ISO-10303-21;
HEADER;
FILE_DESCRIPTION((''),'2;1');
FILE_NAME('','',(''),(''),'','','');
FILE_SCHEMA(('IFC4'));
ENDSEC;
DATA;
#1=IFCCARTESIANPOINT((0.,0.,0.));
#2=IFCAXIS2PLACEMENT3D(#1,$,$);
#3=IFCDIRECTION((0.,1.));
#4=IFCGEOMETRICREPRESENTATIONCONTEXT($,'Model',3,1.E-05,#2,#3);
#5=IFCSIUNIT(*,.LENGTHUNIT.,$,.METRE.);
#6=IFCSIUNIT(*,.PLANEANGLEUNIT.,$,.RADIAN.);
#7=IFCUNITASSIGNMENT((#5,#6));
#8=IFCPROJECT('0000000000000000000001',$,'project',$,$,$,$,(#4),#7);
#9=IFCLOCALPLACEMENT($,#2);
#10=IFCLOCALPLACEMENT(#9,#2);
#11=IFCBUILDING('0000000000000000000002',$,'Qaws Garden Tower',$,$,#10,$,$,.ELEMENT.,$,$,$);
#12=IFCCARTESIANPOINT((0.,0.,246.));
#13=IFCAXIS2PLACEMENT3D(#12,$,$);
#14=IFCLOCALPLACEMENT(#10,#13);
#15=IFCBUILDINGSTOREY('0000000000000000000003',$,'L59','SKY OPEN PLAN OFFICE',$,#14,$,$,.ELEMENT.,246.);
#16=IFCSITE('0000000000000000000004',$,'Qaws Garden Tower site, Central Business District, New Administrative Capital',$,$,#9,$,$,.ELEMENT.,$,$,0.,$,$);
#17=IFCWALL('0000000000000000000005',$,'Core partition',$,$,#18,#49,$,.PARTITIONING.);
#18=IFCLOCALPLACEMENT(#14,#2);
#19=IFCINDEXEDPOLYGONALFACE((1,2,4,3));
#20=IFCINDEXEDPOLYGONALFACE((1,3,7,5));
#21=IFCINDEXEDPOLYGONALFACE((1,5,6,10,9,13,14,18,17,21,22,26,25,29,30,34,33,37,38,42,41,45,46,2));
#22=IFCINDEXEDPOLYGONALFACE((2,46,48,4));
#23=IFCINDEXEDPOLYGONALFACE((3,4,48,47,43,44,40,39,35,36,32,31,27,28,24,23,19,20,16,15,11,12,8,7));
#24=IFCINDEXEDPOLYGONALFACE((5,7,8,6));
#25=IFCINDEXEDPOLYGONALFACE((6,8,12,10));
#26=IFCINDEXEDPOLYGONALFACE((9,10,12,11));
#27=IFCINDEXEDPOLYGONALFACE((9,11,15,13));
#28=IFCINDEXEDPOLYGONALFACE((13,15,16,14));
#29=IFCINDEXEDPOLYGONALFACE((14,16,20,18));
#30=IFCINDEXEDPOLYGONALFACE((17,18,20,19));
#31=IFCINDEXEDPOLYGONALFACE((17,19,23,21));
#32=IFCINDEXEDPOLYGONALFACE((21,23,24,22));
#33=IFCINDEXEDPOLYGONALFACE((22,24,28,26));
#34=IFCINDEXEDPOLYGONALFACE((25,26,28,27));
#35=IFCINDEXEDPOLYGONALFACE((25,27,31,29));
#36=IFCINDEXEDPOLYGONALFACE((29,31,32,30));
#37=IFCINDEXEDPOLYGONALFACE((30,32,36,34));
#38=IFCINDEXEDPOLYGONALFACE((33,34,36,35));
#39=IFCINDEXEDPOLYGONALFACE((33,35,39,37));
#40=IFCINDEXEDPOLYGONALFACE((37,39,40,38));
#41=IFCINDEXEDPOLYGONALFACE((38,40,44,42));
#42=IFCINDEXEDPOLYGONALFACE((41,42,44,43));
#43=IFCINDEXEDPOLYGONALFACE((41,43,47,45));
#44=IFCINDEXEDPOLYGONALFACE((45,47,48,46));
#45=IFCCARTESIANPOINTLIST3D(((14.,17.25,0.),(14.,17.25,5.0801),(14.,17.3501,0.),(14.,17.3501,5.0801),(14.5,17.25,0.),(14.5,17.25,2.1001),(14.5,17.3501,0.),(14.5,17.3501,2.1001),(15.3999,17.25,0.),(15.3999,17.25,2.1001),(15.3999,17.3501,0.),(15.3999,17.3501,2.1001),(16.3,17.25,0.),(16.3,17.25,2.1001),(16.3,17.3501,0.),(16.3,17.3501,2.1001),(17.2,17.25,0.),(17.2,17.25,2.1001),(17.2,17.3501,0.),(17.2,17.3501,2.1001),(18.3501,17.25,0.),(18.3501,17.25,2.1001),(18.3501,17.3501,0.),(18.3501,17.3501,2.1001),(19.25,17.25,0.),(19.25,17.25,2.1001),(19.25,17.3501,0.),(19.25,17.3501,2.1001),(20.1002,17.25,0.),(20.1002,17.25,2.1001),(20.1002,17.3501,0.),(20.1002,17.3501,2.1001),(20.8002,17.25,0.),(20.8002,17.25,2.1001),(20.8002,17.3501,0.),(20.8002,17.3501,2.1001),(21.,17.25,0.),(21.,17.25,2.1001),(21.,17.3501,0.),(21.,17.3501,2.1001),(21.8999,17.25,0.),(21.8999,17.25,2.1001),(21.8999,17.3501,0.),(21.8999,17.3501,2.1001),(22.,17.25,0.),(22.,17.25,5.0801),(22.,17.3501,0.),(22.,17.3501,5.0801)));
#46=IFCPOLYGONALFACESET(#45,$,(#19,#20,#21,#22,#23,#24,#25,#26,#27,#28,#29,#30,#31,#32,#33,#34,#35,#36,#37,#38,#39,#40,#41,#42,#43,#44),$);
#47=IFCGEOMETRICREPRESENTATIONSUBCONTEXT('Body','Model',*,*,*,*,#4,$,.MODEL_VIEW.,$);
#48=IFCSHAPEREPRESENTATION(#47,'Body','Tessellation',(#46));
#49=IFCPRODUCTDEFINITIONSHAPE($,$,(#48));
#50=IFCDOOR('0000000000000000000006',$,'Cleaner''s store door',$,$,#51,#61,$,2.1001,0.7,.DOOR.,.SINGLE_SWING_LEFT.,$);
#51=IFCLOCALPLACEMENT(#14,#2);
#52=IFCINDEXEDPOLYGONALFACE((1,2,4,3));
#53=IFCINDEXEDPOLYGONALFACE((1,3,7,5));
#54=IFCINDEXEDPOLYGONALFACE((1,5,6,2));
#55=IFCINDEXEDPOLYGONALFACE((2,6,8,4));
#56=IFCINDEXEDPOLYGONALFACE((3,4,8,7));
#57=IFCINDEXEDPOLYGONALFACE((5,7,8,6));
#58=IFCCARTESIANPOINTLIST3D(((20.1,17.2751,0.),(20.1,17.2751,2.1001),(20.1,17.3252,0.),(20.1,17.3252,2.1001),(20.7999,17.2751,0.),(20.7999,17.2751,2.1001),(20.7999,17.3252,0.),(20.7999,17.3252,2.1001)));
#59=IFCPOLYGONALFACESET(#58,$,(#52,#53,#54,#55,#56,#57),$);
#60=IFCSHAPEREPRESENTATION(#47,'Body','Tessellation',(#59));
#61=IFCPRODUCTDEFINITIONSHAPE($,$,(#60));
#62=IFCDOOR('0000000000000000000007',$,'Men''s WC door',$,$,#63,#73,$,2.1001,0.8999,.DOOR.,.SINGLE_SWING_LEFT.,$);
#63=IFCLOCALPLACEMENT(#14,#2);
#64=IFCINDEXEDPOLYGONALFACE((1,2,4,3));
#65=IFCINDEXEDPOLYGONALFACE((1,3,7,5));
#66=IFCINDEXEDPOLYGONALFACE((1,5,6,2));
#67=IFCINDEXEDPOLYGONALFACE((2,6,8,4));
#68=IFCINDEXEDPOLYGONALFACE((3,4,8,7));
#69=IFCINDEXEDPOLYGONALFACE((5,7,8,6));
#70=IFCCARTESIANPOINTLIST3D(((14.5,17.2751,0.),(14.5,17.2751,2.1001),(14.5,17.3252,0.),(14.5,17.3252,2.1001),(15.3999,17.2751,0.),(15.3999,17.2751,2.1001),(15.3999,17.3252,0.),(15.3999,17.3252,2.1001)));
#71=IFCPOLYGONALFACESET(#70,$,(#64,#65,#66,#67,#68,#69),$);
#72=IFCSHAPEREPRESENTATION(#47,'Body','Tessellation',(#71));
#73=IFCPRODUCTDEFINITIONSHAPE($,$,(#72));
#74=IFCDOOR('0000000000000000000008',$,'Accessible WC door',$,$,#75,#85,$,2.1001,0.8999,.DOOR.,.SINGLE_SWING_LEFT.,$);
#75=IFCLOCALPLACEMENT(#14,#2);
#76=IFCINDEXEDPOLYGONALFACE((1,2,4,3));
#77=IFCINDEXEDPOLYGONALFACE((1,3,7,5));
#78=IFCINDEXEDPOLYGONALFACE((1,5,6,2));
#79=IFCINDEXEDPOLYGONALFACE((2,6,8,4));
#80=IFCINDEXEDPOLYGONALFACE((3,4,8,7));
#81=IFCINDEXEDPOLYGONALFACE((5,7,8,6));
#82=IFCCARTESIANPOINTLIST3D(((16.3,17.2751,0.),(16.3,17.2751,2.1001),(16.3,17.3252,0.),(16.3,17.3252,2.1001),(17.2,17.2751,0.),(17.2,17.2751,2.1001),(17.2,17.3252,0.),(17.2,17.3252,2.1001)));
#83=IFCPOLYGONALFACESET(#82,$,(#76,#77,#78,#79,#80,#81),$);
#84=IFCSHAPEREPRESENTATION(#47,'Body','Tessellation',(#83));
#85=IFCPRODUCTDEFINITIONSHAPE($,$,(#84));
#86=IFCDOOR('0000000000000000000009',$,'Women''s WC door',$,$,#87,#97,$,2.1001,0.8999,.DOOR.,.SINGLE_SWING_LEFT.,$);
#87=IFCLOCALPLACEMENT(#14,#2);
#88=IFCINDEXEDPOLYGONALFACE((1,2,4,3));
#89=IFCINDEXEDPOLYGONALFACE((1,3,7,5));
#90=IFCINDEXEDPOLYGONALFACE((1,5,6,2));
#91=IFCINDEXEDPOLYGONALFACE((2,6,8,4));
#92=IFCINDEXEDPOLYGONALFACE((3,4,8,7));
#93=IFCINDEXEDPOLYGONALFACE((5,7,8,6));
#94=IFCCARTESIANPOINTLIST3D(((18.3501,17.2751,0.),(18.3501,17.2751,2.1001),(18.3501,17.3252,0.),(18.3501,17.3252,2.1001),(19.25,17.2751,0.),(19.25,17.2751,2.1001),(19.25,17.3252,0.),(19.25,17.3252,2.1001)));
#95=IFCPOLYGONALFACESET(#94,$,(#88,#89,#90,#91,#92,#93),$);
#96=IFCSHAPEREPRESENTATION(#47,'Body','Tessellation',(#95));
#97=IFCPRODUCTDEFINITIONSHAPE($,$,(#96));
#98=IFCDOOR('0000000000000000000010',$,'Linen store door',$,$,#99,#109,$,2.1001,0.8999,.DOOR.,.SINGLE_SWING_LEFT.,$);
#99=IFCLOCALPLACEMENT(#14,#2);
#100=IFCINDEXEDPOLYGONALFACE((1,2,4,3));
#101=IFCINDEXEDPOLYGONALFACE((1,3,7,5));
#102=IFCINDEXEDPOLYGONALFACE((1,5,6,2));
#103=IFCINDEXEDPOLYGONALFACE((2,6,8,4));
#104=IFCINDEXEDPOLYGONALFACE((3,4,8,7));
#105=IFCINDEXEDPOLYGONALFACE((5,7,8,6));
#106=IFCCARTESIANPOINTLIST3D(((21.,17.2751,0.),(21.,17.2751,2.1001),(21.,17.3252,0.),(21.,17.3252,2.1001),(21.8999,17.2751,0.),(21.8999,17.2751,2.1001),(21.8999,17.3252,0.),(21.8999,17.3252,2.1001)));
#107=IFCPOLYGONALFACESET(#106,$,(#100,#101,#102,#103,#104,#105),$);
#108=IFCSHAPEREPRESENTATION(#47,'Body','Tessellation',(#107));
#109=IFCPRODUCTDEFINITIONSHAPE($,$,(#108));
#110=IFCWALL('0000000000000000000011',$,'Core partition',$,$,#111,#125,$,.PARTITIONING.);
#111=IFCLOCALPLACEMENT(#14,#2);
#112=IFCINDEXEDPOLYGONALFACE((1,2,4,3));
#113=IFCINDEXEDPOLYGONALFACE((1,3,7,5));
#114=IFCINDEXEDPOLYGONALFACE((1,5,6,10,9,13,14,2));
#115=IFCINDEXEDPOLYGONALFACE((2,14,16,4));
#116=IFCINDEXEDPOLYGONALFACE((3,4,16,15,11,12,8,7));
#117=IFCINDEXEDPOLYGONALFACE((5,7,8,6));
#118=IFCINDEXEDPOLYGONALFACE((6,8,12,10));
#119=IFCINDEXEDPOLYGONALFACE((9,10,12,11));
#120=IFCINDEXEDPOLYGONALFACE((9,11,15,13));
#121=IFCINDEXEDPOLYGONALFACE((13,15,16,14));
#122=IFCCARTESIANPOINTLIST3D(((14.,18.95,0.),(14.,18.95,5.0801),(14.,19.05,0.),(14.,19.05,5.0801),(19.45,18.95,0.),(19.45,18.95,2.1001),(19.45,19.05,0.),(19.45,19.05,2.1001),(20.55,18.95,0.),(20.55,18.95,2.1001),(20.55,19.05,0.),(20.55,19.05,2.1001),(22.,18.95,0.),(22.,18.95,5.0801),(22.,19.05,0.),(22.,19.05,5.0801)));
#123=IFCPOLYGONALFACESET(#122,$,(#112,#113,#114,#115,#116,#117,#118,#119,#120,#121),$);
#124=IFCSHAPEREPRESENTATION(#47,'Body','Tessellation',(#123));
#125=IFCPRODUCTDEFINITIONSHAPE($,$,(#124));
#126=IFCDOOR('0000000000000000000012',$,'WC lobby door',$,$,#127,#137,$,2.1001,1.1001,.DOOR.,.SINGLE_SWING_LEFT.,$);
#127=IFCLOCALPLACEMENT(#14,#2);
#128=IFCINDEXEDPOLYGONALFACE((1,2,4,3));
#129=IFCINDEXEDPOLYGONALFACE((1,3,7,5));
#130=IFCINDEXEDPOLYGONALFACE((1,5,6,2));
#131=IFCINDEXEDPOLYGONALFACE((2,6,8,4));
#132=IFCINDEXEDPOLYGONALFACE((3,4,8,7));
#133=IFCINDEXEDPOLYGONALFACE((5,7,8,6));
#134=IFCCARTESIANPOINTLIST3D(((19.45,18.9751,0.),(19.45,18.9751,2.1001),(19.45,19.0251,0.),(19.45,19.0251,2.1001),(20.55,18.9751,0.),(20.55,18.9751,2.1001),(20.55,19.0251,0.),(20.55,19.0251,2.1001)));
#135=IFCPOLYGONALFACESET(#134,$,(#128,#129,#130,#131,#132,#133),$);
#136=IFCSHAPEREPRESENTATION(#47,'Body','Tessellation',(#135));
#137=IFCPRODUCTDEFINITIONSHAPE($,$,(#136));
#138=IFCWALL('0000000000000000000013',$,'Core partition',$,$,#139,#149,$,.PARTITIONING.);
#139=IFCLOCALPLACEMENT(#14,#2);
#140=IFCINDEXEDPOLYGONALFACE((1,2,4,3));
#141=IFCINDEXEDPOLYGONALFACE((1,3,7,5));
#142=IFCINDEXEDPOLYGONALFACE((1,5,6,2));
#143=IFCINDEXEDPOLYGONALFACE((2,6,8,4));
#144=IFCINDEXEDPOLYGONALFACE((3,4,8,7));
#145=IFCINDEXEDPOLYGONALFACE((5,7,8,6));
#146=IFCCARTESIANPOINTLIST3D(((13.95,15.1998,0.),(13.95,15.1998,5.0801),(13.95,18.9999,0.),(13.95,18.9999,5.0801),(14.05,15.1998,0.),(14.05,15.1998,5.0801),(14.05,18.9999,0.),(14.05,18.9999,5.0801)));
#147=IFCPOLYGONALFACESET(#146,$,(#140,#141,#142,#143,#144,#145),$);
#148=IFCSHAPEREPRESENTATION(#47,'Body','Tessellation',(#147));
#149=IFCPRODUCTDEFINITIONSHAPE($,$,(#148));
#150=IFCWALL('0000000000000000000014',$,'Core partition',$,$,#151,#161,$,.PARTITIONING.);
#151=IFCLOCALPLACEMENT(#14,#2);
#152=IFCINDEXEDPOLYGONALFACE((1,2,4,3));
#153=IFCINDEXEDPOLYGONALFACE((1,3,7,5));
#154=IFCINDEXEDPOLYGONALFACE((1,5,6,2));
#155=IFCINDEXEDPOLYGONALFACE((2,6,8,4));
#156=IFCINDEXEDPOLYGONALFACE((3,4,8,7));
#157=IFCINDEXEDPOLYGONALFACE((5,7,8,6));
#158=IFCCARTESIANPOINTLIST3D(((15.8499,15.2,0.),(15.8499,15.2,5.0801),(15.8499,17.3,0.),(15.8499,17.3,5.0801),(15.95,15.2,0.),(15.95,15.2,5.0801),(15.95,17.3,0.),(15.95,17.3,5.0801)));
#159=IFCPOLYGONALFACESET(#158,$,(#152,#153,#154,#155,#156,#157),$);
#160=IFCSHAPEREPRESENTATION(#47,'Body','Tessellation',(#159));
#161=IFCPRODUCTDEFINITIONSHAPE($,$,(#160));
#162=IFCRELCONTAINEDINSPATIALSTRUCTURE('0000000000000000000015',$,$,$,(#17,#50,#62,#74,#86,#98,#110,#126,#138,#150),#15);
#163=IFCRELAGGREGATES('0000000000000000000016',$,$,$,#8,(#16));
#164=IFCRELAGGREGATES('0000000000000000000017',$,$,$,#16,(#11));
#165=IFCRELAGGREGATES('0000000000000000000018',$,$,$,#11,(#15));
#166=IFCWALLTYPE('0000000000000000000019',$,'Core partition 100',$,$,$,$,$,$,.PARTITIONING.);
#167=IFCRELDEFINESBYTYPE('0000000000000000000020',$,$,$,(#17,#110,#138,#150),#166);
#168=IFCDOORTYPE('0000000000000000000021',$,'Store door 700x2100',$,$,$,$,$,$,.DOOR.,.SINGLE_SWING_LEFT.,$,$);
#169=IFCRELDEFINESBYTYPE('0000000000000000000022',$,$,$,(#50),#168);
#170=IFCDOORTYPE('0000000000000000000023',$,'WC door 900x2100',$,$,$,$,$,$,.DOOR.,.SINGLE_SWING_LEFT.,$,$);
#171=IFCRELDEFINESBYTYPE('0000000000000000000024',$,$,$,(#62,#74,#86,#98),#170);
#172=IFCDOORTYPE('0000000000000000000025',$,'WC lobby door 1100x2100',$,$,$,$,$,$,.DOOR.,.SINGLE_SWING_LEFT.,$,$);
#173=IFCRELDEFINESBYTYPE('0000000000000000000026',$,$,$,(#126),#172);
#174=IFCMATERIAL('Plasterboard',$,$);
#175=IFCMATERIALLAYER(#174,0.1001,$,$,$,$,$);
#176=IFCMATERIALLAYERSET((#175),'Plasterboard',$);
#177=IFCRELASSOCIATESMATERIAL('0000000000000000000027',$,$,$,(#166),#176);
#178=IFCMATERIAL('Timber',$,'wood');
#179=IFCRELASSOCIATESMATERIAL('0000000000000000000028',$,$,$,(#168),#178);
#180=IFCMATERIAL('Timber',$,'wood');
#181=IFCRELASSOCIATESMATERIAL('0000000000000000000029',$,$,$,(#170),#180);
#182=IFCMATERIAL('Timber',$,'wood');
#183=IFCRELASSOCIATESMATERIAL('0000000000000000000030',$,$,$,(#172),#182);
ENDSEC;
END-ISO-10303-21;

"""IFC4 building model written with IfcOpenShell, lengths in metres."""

from ifc_helpers import new_model, si_unit, direction, frame, frame_2d, origin, place, context, subcontext, project, spatial, rectangle, extrude, material, layer, layer_set, type_object, element, fill, save


model = new_model("IFC4")

# Units and contexts
model_context = context("Model", 3, precision=1e-05, world=origin(), true_north=direction((0.0, 1.0)))
body_context = subcontext(model_context, "Body", "Model", "MODEL_VIEW")
ifc_project = project(units=[si_unit("LENGTHUNIT", "METRE"), si_unit("PLANEANGLEUNIT", "RADIAN")], contexts=[model_context])

# Site, building, storey
site_placement = place(None, origin())
site = spatial("IfcSite", under=ifc_project, at=site_placement, Name="Qaws Garden Tower site, Central Business District, New Administrative Capital", CompositionType="ELEMENT", RefElevation=0.0)
building_placement = place(site_placement, origin())
building = spatial("IfcBuilding", under=site, at=building_placement, Name="Qaws Garden Tower", CompositionType="ELEMENT")
storey_placement = place(building_placement, frame((0.0, 0.0, 246.0)))
storey = spatial("IfcBuildingStorey", under=building, at=storey_placement, Name="L59", Description="SKY OPEN PLAN OFFICE", CompositionType="ELEMENT", Elevation=246.0)

# Wall, openings, doors
ifc_material_1 = material(Name="Plasterboard")
ifc_layer = layer(ifc_material_1, 0.1001)
ifc_layer_set = layer_set([ifc_layer], Name="Plasterboard")
wall_type = type_object("IfcWallType", Name="Core partition 100", PredefinedType="PARTITIONING", material=ifc_layer_set)
wall_1_placement = place(storey_placement, frame((14.0, 17.3, 0.0), z_axis=(0.0, 0.0, 1.0), x_axis=(1.0, 0.0, 0.0)))
wall_1 = element("IfcWall", 1, at=wall_1_placement, inside=storey, type_object=wall_type, Name="Core partition", PredefinedType="PARTITIONING", context=body_context, shape_type="SweptSolid", body=[
    extrude(rectangle(XDim=8.0, YDim=0.1001, at=frame_2d((4.0, 0.0))), origin(), (0.0, 0.0, 1.0), 5.0801),
])
opening_1_placement = place(wall_1_placement, frame((0.5, 0.0, 0.0)))
opening_1 = element("IfcOpeningElement", 2, at=opening_1_placement, cuts=wall_1, PredefinedType="OPENING", context=body_context, shape_type="SweptSolid", body=[
    extrude(rectangle(XDim=0.8999, YDim=2.1001, at=frame_2d((0.45, 1.05))), frame((0.0, 0.0601, 0.0), z_axis=(0.0, -1.0, 0.0), x_axis=(1.0, 0.0, 0.0)), (0.0, 0.0, 1.0), 0.1201),
])
opening_2_placement = place(wall_1_placement, frame((2.3, 0.0, 0.0)))
opening_2 = element("IfcOpeningElement", 3, at=opening_2_placement, cuts=wall_1, PredefinedType="OPENING", context=body_context, shape_type="SweptSolid", body=[
    extrude(rectangle(XDim=0.8999, YDim=2.1001, at=frame_2d((0.45, 1.05))), frame((0.0, 0.0601, 0.0), z_axis=(0.0, -1.0, 0.0), x_axis=(1.0, 0.0, 0.0)), (0.0, 0.0, 1.0), 0.1201),
])
opening_3_placement = place(wall_1_placement, frame((4.3501, 0.0, 0.0)))
opening_3 = element("IfcOpeningElement", 4, at=opening_3_placement, cuts=wall_1, PredefinedType="OPENING", context=body_context, shape_type="SweptSolid", body=[
    extrude(rectangle(XDim=0.8999, YDim=2.1001, at=frame_2d((0.45, 1.05))), frame((0.0, 0.0601, 0.0), z_axis=(0.0, -1.0, 0.0), x_axis=(1.0, 0.0, 0.0)), (0.0, 0.0, 1.0), 0.1201),
])
opening_4_placement = place(wall_1_placement, frame((6.1001, 0.0, 0.0)))
opening_4 = element("IfcOpeningElement", 5, at=opening_4_placement, cuts=wall_1, PredefinedType="OPENING", context=body_context, shape_type="SweptSolid", body=[
    extrude(rectangle(XDim=0.7, YDim=2.1001, at=frame_2d((0.3501, 1.05))), frame((0.0, 0.0601, 0.0), z_axis=(0.0, -1.0, 0.0), x_axis=(1.0, 0.0, 0.0)), (0.0, 0.0, 1.0), 0.1201),
])
opening_5_placement = place(wall_1_placement, frame((7.0, 0.0, 0.0)))
opening_5 = element("IfcOpeningElement", 6, at=opening_5_placement, cuts=wall_1, PredefinedType="OPENING", context=body_context, shape_type="SweptSolid", body=[
    extrude(rectangle(XDim=0.8999, YDim=2.1001, at=frame_2d((0.45, 1.05))), frame((0.0, 0.0601, 0.0), z_axis=(0.0, -1.0, 0.0), x_axis=(1.0, 0.0, 0.0)), (0.0, 0.0, 1.0), 0.1201),
])
ifc_material_2 = material(Name="Timber", Category="wood")
door_type_1 = type_object("IfcDoorType", Name="Store door 700x2100", OperationType="SINGLE_SWING_LEFT", PredefinedType="DOOR", material=ifc_material_2)
door_1_placement = place(opening_4_placement, frame((0.7, 0.0, 0.0), z_axis=(0.0, 0.0, 1.0), x_axis=(-1.0, 0.0, 0.0)))
door_1 = element("IfcDoor", 7, at=door_1_placement, inside=storey, type_object=door_type_1, Name="Cleaner's store door", OperationType="SINGLE_SWING_LEFT", OverallHeight=2.1001, OverallWidth=0.7, PredefinedType="DOOR", context=body_context, shape_type="SweptSolid", body=[
    extrude(rectangle(XDim=0.7, YDim=2.1001, at=frame_2d((0.3501, 1.05))), frame((0.0, 0.0249, 0.0), z_axis=(0.0, -1.0, 0.0), x_axis=(1.0, 0.0, 0.0)), (0.0, 0.0, 1.0), 0.05),
])
fill(opening_4, door_1)
ifc_material_3 = material(Name="Timber", Category="wood")
door_type_2 = type_object("IfcDoorType", Name="WC door 900x2100", OperationType="SINGLE_SWING_LEFT", PredefinedType="DOOR", material=ifc_material_3)
door_2_placement = place(opening_1_placement, frame((0.8999, 0.0, 0.0), z_axis=(0.0, 0.0, 1.0), x_axis=(-1.0, 0.0, 0.0)))
door_2 = element("IfcDoor", 8, at=door_2_placement, inside=storey, type_object=door_type_2, Name="Men's WC door", OperationType="SINGLE_SWING_LEFT", OverallHeight=2.1001, OverallWidth=0.8999, PredefinedType="DOOR", context=body_context, shape_type="SweptSolid", body=[
    extrude(rectangle(XDim=0.8999, YDim=2.1001, at=frame_2d((0.45, 1.05))), frame((0.0, 0.0249, 0.0), z_axis=(0.0, -1.0, 0.0), x_axis=(1.0, 0.0, 0.0)), (0.0, 0.0, 1.0), 0.05),
])
fill(opening_1, door_2)
door_3_placement = place(opening_2_placement, frame((0.8999, 0.0, 0.0), z_axis=(0.0, 0.0, 1.0), x_axis=(-1.0, 0.0, 0.0)))
door_3 = element("IfcDoor", 9, at=door_3_placement, inside=storey, type_object=door_type_2, Name="Accessible WC door", OperationType="SINGLE_SWING_LEFT", OverallHeight=2.1001, OverallWidth=0.8999, PredefinedType="DOOR", context=body_context, shape_type="SweptSolid", body=[
    extrude(rectangle(XDim=0.8999, YDim=2.1001, at=frame_2d((0.45, 1.05))), frame((0.0, 0.0249, 0.0), z_axis=(0.0, -1.0, 0.0), x_axis=(1.0, 0.0, 0.0)), (0.0, 0.0, 1.0), 0.05),
])
fill(opening_2, door_3)
door_4_placement = place(opening_3_placement, frame((0.8999, 0.0, 0.0), z_axis=(0.0, 0.0, 1.0), x_axis=(-1.0, 0.0, 0.0)))
door_4 = element("IfcDoor", 10, at=door_4_placement, inside=storey, type_object=door_type_2, Name="Women's WC door", OperationType="SINGLE_SWING_LEFT", OverallHeight=2.1001, OverallWidth=0.8999, PredefinedType="DOOR", context=body_context, shape_type="SweptSolid", body=[
    extrude(rectangle(XDim=0.8999, YDim=2.1001, at=frame_2d((0.45, 1.05))), frame((0.0, 0.0249, 0.0), z_axis=(0.0, -1.0, 0.0), x_axis=(1.0, 0.0, 0.0)), (0.0, 0.0, 1.0), 0.05),
])
fill(opening_3, door_4)
door_5_placement = place(opening_5_placement, frame((0.8999, 0.0, 0.0), z_axis=(0.0, 0.0, 1.0), x_axis=(-1.0, 0.0, 0.0)))
door_5 = element("IfcDoor", 11, at=door_5_placement, inside=storey, type_object=door_type_2, Name="Linen store door", OperationType="SINGLE_SWING_LEFT", OverallHeight=2.1001, OverallWidth=0.8999, PredefinedType="DOOR", context=body_context, shape_type="SweptSolid", body=[
    extrude(rectangle(XDim=0.8999, YDim=2.1001, at=frame_2d((0.45, 1.05))), frame((0.0, 0.0249, 0.0), z_axis=(0.0, -1.0, 0.0), x_axis=(1.0, 0.0, 0.0)), (0.0, 0.0, 1.0), 0.05),
])
fill(opening_5, door_5)

# Wall, opening, door
wall_2_placement = place(storey_placement, frame((14.0, 19.0, 0.0), z_axis=(0.0, 0.0, 1.0), x_axis=(1.0, 0.0, 0.0)))
wall_2 = element("IfcWall", 12, at=wall_2_placement, inside=storey, type_object=wall_type, Name="Core partition", PredefinedType="PARTITIONING", context=body_context, shape_type="SweptSolid", body=[
    extrude(rectangle(XDim=8.0, YDim=0.1001, at=frame_2d((4.0, 0.0))), origin(), (0.0, 0.0, 1.0), 5.0801),
])
opening_6_placement = place(wall_2_placement, frame((5.45, 0.0, 0.0)))
opening_6 = element("IfcOpeningElement", 13, at=opening_6_placement, cuts=wall_2, PredefinedType="OPENING", context=body_context, shape_type="SweptSolid", body=[
    extrude(rectangle(XDim=1.1001, YDim=2.1001, at=frame_2d((0.55, 1.05))), frame((0.0, 0.0601, 0.0), z_axis=(0.0, -1.0, 0.0), x_axis=(1.0, 0.0, 0.0)), (0.0, 0.0, 1.0), 0.1201),
])
ifc_material_4 = material(Name="Timber", Category="wood")
door_type_3 = type_object("IfcDoorType", Name="WC lobby door 1100x2100", OperationType="SINGLE_SWING_LEFT", PredefinedType="DOOR", material=ifc_material_4)
door_6_placement = place(opening_6_placement, frame((1.1001, 0.0, 0.0), z_axis=(0.0, 0.0, 1.0), x_axis=(-1.0, 0.0, 0.0)))
door_6 = element("IfcDoor", 14, at=door_6_placement, inside=storey, type_object=door_type_3, Name="WC lobby door", OperationType="SINGLE_SWING_LEFT", OverallHeight=2.1001, OverallWidth=1.1001, PredefinedType="DOOR", context=body_context, shape_type="SweptSolid", body=[
    extrude(rectangle(XDim=1.1001, YDim=2.1001, at=frame_2d((0.55, 1.05))), frame((0.0, 0.0249, 0.0), z_axis=(0.0, -1.0, 0.0), x_axis=(1.0, 0.0, 0.0)), (0.0, 0.0, 1.0), 0.05),
])
fill(opening_6, door_6)

# Walls
wall_3_placement = place(storey_placement, frame((14.0, 15.2, 0.0), z_axis=(0.0, 0.0, 1.0), x_axis=(0.0, 1.0, 0.0)))
element("IfcWall", 15, at=wall_3_placement, inside=storey, type_object=wall_type, Name="Core partition", PredefinedType="PARTITIONING", context=body_context, shape_type="SweptSolid", body=[
    extrude(rectangle(XDim=3.8, YDim=0.1001, at=frame_2d((1.8999, 0.0))), origin(), (0.0, 0.0, 1.0), 5.0801),
])
for number, where, z_axis, x_axis, name in (
    (16, (15.8999, 15.2, 0.0), (0.0, 0.0, 1.0), (0.0, 1.0, 0.0), "Core partition"),
):
    element("IfcWall", number, at=place(storey_placement, frame(where, z_axis=z_axis, x_axis=x_axis)), inside=storey, type_object=wall_type, Name=name, PredefinedType="PARTITIONING", context=body_context, shape_type="SweptSolid", body=[
        extrude(rectangle(XDim=2.1001, YDim=0.1001, at=frame_2d((1.05, 0.0))), origin(), (0.0, 0.0, 1.0), 5.0801),
    ])

save(model, "model.ifc")
